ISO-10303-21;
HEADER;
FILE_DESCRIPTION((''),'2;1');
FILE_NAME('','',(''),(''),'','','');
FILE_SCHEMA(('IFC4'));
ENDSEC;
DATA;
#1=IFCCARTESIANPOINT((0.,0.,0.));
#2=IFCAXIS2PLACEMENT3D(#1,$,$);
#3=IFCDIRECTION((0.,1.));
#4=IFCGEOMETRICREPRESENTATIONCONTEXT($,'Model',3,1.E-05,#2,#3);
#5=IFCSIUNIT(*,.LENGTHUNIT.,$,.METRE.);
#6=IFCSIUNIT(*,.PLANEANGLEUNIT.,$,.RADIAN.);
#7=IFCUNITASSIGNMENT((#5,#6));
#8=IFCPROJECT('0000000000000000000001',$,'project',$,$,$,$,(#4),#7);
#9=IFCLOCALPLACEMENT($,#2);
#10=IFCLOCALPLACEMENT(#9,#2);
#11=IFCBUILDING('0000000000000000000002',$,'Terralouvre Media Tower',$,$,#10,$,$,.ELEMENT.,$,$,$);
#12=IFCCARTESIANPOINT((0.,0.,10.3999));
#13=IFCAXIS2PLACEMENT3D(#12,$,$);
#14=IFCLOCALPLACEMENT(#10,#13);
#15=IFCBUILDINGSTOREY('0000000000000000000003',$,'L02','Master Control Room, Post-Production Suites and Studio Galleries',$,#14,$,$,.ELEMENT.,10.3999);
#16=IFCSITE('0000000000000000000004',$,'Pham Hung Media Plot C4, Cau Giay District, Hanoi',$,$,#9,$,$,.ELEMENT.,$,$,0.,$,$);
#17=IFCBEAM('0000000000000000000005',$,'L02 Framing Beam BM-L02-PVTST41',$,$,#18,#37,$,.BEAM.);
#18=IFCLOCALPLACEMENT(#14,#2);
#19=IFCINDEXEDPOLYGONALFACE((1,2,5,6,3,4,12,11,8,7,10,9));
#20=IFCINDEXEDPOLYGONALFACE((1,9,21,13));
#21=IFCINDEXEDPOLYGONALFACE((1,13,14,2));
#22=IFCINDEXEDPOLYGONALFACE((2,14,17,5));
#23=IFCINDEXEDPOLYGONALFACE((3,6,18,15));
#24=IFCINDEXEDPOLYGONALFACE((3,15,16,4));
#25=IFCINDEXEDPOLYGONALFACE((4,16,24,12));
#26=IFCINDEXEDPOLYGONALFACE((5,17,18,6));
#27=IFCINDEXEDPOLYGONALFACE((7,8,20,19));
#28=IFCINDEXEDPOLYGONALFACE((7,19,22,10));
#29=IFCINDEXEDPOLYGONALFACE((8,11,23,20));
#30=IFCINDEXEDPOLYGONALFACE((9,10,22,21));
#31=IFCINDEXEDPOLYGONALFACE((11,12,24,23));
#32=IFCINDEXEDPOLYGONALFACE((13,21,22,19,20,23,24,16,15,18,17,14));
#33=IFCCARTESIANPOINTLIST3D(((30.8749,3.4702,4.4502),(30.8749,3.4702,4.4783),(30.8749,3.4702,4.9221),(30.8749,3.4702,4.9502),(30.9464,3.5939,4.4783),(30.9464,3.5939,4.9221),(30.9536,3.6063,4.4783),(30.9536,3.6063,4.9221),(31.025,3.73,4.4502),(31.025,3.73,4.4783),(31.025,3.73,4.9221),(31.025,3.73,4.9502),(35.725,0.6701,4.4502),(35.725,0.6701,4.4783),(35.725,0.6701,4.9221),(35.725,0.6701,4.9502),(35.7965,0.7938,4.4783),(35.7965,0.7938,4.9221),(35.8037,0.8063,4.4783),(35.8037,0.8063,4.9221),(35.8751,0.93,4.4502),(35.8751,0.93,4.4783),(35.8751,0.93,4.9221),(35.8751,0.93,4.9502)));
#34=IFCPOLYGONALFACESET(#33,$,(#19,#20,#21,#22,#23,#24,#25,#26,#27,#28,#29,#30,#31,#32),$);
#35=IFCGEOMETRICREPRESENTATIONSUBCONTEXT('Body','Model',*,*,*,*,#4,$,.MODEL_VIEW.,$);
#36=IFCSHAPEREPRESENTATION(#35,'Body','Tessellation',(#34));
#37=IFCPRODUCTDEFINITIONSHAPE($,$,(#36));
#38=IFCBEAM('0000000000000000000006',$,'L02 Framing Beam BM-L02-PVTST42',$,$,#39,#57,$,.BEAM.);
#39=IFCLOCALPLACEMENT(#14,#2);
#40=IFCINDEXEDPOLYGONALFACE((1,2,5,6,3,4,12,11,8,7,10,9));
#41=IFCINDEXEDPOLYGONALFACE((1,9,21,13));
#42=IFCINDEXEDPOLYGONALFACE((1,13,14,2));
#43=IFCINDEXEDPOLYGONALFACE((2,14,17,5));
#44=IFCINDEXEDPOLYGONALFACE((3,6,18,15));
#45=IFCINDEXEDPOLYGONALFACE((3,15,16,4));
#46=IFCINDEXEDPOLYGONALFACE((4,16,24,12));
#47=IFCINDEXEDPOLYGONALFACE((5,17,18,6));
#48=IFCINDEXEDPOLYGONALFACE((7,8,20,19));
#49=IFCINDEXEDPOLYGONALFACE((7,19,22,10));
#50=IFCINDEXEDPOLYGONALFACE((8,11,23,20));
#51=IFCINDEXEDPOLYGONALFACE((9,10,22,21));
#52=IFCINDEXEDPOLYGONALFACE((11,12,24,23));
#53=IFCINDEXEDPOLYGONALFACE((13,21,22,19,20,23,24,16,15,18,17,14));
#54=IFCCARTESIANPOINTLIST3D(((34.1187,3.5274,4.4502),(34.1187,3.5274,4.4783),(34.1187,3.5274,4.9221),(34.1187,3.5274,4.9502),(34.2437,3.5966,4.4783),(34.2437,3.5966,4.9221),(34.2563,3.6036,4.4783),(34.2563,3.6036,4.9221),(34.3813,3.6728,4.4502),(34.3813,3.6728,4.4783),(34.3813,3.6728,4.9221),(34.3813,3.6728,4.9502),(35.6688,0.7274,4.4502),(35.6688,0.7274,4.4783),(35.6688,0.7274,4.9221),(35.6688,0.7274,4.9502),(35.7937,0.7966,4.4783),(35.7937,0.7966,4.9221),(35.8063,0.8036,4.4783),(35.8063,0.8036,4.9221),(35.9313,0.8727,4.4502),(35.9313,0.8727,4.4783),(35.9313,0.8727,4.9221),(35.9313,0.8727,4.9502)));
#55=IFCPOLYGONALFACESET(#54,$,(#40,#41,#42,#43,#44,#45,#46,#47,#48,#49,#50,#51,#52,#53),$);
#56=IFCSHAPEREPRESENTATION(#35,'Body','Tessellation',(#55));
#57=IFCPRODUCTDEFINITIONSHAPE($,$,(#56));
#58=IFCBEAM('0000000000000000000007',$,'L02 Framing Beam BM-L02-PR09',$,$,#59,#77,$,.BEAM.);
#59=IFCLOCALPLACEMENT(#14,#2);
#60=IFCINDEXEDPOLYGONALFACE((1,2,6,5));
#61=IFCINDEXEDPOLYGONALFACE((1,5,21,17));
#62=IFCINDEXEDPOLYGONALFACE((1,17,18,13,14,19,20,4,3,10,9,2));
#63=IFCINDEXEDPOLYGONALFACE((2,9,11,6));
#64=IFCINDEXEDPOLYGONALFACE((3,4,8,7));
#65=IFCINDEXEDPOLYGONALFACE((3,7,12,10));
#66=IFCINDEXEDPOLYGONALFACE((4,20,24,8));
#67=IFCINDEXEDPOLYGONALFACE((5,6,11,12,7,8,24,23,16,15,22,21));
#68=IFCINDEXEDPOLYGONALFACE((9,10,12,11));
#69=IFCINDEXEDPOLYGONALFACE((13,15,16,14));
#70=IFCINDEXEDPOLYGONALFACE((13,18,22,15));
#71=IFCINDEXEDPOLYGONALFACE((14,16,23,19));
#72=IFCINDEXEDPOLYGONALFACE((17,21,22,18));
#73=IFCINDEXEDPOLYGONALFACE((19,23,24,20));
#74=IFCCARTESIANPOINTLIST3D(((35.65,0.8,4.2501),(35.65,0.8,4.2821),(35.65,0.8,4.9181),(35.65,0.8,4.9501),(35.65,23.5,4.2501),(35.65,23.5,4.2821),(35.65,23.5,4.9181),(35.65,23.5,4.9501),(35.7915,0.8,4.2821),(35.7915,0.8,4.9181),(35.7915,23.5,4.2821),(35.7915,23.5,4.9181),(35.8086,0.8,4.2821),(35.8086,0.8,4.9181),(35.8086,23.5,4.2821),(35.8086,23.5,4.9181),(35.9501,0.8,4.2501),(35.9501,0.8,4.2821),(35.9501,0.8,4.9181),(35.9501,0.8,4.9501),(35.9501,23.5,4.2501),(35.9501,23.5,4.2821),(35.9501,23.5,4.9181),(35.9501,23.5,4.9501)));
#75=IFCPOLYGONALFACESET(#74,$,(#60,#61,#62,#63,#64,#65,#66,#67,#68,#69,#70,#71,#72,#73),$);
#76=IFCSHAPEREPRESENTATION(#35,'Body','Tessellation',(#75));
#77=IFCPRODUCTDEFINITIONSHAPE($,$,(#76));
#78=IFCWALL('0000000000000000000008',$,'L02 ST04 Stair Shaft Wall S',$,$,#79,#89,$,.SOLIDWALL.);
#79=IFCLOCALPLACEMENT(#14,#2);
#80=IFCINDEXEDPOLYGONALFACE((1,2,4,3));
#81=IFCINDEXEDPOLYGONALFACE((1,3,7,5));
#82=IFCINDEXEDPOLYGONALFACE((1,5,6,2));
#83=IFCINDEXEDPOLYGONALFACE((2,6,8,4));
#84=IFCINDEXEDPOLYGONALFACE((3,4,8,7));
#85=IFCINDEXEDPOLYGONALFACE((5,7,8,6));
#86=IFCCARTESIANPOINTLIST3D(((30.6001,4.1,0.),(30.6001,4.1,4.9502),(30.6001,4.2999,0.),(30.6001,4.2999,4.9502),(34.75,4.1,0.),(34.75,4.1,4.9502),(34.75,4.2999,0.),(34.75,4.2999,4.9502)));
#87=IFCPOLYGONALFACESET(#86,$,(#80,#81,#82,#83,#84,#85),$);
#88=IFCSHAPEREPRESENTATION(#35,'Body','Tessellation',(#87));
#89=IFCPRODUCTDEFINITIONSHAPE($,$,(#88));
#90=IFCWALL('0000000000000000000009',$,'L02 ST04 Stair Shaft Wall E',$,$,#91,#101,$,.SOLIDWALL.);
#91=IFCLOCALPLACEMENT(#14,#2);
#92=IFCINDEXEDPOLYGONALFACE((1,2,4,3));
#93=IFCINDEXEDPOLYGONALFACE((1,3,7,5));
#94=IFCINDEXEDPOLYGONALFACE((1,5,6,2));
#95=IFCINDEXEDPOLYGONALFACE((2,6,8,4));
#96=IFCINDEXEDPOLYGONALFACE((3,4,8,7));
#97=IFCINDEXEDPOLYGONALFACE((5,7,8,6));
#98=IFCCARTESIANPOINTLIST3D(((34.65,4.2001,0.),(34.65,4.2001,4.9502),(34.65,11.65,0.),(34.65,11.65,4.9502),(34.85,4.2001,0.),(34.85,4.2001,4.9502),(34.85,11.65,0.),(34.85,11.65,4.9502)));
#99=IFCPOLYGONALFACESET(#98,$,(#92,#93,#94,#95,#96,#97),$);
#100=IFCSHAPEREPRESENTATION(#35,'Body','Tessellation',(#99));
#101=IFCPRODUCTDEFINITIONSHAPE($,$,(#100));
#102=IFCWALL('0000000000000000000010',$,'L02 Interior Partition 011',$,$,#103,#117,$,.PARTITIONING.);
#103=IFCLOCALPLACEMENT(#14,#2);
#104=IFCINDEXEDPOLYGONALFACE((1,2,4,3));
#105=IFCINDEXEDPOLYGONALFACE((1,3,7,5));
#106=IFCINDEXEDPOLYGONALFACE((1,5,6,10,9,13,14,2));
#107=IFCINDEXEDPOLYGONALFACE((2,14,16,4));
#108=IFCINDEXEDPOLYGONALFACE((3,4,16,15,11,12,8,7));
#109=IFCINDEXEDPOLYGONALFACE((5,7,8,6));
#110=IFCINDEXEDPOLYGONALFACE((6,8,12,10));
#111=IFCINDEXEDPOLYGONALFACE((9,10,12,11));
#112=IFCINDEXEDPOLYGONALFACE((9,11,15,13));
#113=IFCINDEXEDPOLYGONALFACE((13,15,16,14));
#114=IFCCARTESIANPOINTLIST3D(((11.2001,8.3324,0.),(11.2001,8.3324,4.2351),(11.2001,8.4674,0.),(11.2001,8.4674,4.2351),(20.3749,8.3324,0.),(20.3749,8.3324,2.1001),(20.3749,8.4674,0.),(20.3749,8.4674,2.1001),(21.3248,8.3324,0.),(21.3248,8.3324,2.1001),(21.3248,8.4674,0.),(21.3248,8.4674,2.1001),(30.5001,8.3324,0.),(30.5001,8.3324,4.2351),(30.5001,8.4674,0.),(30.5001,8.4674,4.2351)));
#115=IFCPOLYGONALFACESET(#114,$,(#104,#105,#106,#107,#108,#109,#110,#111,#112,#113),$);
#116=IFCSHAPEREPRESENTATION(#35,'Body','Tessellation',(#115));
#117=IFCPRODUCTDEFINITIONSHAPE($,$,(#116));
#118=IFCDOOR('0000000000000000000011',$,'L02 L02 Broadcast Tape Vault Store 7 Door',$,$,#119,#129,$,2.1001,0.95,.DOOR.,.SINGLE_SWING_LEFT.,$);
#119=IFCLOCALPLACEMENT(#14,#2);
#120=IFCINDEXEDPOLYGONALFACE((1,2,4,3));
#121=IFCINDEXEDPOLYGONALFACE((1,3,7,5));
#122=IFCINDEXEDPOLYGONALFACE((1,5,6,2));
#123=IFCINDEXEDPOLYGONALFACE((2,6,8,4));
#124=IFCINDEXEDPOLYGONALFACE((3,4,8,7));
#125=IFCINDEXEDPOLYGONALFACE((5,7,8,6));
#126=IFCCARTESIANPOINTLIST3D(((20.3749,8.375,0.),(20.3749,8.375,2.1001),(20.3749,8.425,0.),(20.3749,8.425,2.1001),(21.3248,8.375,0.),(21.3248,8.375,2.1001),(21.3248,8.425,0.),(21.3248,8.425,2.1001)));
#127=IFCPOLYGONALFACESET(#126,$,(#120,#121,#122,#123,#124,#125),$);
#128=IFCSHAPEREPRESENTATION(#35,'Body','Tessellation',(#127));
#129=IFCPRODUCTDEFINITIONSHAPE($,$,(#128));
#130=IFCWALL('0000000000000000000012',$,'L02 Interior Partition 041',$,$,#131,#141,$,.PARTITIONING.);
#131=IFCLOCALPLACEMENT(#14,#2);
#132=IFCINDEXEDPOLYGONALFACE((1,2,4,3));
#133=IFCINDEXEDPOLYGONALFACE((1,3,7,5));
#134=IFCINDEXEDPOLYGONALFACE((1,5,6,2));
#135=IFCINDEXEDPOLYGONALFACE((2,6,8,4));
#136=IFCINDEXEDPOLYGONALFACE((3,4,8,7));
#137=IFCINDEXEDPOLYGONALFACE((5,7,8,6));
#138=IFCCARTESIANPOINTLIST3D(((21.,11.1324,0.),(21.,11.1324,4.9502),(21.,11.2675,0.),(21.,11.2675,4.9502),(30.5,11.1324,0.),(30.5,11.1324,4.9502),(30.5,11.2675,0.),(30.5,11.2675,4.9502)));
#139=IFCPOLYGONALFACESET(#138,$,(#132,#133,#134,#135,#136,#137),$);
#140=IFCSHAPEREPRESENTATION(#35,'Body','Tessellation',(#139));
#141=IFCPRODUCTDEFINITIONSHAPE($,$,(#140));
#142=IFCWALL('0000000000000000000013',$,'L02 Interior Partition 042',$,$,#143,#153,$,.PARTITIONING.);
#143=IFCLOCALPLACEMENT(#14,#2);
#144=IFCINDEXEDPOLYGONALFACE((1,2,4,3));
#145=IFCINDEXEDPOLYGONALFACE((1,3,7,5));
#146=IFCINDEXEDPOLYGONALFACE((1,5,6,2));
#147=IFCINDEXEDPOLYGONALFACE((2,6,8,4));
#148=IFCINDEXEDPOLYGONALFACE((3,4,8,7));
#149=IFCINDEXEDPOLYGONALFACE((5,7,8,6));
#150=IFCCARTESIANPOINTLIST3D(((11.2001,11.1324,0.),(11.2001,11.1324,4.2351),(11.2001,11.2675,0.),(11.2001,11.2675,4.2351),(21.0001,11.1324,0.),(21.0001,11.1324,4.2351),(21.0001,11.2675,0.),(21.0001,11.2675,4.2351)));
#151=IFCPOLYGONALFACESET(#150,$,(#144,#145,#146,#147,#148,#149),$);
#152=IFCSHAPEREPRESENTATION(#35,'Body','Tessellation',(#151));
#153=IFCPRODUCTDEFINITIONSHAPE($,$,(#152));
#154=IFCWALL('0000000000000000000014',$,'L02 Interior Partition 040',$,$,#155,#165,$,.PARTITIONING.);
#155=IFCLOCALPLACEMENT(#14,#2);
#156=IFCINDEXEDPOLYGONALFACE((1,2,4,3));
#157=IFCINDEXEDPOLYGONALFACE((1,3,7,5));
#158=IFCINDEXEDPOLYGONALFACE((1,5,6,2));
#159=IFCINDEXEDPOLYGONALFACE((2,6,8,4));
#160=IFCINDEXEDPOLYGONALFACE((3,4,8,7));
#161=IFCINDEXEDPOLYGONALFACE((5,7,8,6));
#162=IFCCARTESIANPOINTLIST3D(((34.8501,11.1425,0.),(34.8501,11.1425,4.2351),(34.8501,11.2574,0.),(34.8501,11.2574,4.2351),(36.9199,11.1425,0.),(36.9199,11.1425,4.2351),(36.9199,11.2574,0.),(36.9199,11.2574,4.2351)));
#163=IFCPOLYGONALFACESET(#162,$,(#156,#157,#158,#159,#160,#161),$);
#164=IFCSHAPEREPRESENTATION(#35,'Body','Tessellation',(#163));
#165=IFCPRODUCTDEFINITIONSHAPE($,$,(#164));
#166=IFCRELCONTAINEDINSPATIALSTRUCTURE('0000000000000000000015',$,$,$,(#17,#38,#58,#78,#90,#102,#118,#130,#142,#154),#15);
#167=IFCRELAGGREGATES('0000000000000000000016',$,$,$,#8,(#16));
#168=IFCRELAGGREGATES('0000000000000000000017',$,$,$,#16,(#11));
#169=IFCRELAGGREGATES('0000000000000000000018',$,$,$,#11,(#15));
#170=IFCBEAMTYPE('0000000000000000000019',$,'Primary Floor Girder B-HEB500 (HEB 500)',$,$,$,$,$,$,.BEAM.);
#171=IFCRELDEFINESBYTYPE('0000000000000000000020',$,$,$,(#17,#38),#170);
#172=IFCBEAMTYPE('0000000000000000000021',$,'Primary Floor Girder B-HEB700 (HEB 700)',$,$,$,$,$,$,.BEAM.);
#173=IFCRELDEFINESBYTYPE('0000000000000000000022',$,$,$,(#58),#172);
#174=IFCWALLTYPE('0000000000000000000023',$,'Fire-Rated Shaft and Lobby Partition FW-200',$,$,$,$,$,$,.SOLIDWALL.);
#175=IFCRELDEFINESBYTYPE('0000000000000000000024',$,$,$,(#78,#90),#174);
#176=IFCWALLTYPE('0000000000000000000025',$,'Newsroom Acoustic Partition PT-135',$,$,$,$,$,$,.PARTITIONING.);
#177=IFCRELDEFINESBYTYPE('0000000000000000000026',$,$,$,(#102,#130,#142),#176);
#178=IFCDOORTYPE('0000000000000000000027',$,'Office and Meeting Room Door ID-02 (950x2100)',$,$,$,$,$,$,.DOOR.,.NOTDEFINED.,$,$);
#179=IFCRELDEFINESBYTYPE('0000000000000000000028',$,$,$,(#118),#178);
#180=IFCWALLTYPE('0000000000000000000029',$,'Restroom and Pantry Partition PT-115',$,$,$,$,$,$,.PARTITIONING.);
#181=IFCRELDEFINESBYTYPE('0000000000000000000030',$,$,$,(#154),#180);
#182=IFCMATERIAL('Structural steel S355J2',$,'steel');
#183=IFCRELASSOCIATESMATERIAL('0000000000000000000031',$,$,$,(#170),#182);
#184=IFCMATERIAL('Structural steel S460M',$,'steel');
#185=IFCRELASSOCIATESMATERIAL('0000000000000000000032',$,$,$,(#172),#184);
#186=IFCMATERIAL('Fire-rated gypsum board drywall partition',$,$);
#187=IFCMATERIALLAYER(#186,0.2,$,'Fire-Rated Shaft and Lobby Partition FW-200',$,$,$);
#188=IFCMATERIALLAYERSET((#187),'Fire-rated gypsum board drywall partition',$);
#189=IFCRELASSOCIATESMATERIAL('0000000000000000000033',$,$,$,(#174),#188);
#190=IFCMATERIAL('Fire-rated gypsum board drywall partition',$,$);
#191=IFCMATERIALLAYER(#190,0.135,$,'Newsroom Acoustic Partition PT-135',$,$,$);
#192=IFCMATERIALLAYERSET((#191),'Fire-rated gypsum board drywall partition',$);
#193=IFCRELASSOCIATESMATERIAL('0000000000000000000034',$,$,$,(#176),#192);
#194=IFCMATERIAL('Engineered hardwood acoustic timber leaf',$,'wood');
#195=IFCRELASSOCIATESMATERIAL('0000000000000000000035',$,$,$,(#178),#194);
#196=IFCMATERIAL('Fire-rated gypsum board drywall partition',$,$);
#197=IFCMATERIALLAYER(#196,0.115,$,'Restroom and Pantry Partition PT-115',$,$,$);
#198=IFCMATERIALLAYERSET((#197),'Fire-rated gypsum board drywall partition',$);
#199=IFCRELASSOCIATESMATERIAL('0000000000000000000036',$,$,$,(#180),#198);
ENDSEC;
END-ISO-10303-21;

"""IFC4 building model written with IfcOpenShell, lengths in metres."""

from ifc_helpers import new_model, si_unit, direction, frame, frame_2d, origin, origin_2d, place, context, subcontext, project, spatial, rectangle, i_section, extrude, material, layer, layer_set, material_profile, profile_set, type_object, element, fill, save


model = new_model("IFC4")

# Units and contexts
model_context = context("Model", 3, precision=1e-05, world=origin(), true_north=direction((0.0, 1.0)))
body_context = subcontext(model_context, "Body", "Model", "MODEL_VIEW")
ifc_project = project(units=[si_unit("LENGTHUNIT", "METRE"), si_unit("PLANEANGLEUNIT", "RADIAN")], contexts=[model_context])

# Site, building, storey
site_placement = place(None, origin())
site = spatial("IfcSite", under=ifc_project, at=site_placement, Name="Pham Hung Media Plot C4, Cau Giay District, Hanoi", CompositionType="ELEMENT", RefElevation=0.0)
building_placement = place(site_placement, origin())
building = spatial("IfcBuilding", under=site, at=building_placement, Name="Terralouvre Media Tower", CompositionType="ELEMENT")
storey_placement = place(building_placement, frame((0.0, 0.0, 10.3999)))
storey = spatial("IfcBuildingStorey", under=building, at=storey_placement, Name="L02", Description="Master Control Room, Post-Production Suites and Studio Galleries", CompositionType="ELEMENT", Elevation=10.3999)

# Beams
ifc_material_1 = material(Name="Structural steel S355J2", Category="steel")
ifc_material_profile_1 = material_profile(ifc_material_1, i_section(OverallWidth=0.3, OverallDepth=0.5, WebThickness=0.0144, FlangeThickness=0.0281, at=origin_2d()), Name="HEB 500")
ifc_profile_set_1 = profile_set([ifc_material_profile_1], Name="Structural steel S355J2")
beam_type_1 = type_object("IfcBeamType", Name="Primary Floor Girder B-HEB500 (HEB 500)", PredefinedType="BEAM", material=ifc_profile_set_1)
beam_1_placement = place(storey_placement, frame((30.95, 3.6001, 4.7002), z_axis=(0.866037, -0.499979, 0.0), x_axis=(0.499979, 0.866037, 0.0)))
element("IfcBeam", 1, at=beam_1_placement, inside=storey, type_object=beam_type_1, Name="L02 Framing Beam BM-L02-PVTST41", PredefinedType="BEAM", context=body_context, shape_type="SweptSolid", body=[
    extrude(i_section(OverallWidth=0.3, OverallDepth=0.5, WebThickness=0.0144, FlangeThickness=0.0281, at=origin_2d()), origin(), (0.0, 0.0, 1.0), 5.6003),
])
beam_2_placement = place(storey_placement, frame((34.25, 3.6001, 4.7002), z_axis=(0.484321, -0.87489, 0.0), x_axis=(0.87489, 0.484321, 0.0)))
element("IfcBeam", 2, at=beam_2_placement, inside=storey, type_object=beam_type_1, Name="L02 Framing Beam BM-L02-PVTST42", PredefinedType="BEAM", context=body_context, shape_type="SweptSolid", body=[
    extrude(i_section(OverallWidth=0.3, OverallDepth=0.5, WebThickness=0.0144, FlangeThickness=0.0281, at=origin_2d()), origin(), (0.0, 0.0, 1.0), 3.2004),
])
ifc_material_2 = material(Name="Structural steel S460M", Category="steel")
ifc_material_profile_2 = material_profile(ifc_material_2, i_section(OverallWidth=0.3, OverallDepth=0.7, WebThickness=0.0171, FlangeThickness=0.032, at=origin_2d()), Name="HEB 700")
ifc_profile_set_2 = profile_set([ifc_material_profile_2], Name="Structural steel S460M")
beam_type_2 = type_object("IfcBeamType", Name="Primary Floor Girder B-HEB700 (HEB 700)", PredefinedType="BEAM", material=ifc_profile_set_2)
beam_3_placement = place(storey_placement, frame((35.8, 0.8, 4.6001), z_axis=(0.0, 1.0, 0.0), x_axis=(-1.0, 0.0, 0.0)))
element("IfcBeam", 3, at=beam_3_placement, inside=storey, type_object=beam_type_2, Name="L02 Framing Beam BM-L02-PR09", PredefinedType="BEAM", context=body_context, shape_type="SweptSolid", body=[
    extrude(i_section(OverallWidth=0.3, OverallDepth=0.7, WebThickness=0.0171, FlangeThickness=0.032, at=origin_2d()), origin(), (0.0, 0.0, 1.0), 22.7),
])

# Walls
ifc_material_3 = material(Name="Fire-rated gypsum board drywall partition")
ifc_layer_1 = layer(ifc_material_3, 0.2, Name="Fire-Rated Shaft and Lobby Partition FW-200")
ifc_layer_set_1 = layer_set([ifc_layer_1], Name="Fire-rated gypsum board drywall partition")
wall_type_1 = type_object("IfcWallType", Name="Fire-Rated Shaft and Lobby Partition FW-200", PredefinedType="SOLIDWALL", material=ifc_layer_set_1)
wall_1_placement = place(storey_placement, frame((30.6001, 4.2, 0.0), z_axis=(0.0, 0.0, 1.0), x_axis=(1.0, 0.0, 0.0)))
element("IfcWall", 4, at=wall_1_placement, inside=storey, type_object=wall_type_1, Name="L02 ST04 Stair Shaft Wall S", PredefinedType="SOLIDWALL", context=body_context, shape_type="SweptSolid", body=[
    extrude(rectangle(XDim=4.1499, YDim=0.2, at=frame_2d((2.075, 0.0))), origin(), (0.0, 0.0, 1.0), 4.9502),
])
wall_2_placement = place(storey_placement, frame((34.75, 4.2, 0.0), z_axis=(0.0, 0.0, 1.0), x_axis=(0.0, 1.0, 0.0)))
element("IfcWall", 5, at=wall_2_placement, inside=storey, type_object=wall_type_1, Name="L02 ST04 Stair Shaft Wall E", PredefinedType="SOLIDWALL", context=body_context, shape_type="SweptSolid", body=[
    extrude(rectangle(XDim=7.45, YDim=0.2, at=frame_2d((3.7251, 0.0))), origin(), (0.0, 0.0, 1.0), 4.9502),
])

# Wall, opening, door
ifc_material_4 = material(Name="Fire-rated gypsum board drywall partition")
ifc_layer_2 = layer(ifc_material_4, 0.135, Name="Newsroom Acoustic Partition PT-135")
ifc_layer_set_2 = layer_set([ifc_layer_2], Name="Fire-rated gypsum board drywall partition")
wall_type_2 = type_object("IfcWallType", Name="Newsroom Acoustic Partition PT-135", PredefinedType="PARTITIONING", material=ifc_layer_set_2)
wall_3_placement = place(storey_placement, frame((30.5, 8.3999, 0.0), z_axis=(0.0, 0.0, 1.0), x_axis=(-1.0, 0.0, 0.0)))
wall_3 = element("IfcWall", 6, at=wall_3_placement, inside=storey, type_object=wall_type_2, Name="L02 Interior Partition 011", PredefinedType="PARTITIONING", context=body_context, shape_type="SweptSolid", body=[
    extrude(rectangle(XDim=19.3, YDim=0.135, at=frame_2d((9.6499, 0.0))), origin(), (0.0, 0.0, 1.0), 4.2351),
])
opening_placement = place(wall_3_placement, frame((9.175, 0.0, 0.0)))
opening = element("IfcOpeningElement", 7, at=opening_placement, cuts=wall_3, PredefinedType="OPENING", context=body_context, shape_type="SweptSolid", body=[
    extrude(rectangle(XDim=0.95, YDim=2.1001, at=frame_2d((0.4751, 1.05))), frame((0.0, 0.0774, 0.0), z_axis=(0.0, -1.0, 0.0), x_axis=(1.0, 0.0, 0.0)), (0.0, 0.0, 1.0), 0.155),
])
ifc_material_5 = material(Name="Engineered hardwood acoustic timber leaf", Category="wood")
door_type = type_object("IfcDoorType", Name="Office and Meeting Room Door ID-02 (950x2100)", OperationType="NOTDEFINED", PredefinedType="DOOR", material=ifc_material_5)
door_placement = place(opening_placement, origin())
door = element("IfcDoor", 8, at=door_placement, inside=storey, type_object=door_type, Name="L02 L02 Broadcast Tape Vault Store 7 Door", OperationType="SINGLE_SWING_LEFT", OverallHeight=2.1001, OverallWidth=0.95, PredefinedType="DOOR", context=body_context, shape_type="SweptSolid", body=[
    extrude(rectangle(XDim=0.95, YDim=2.1001, at=frame_2d((0.4751, 1.05))), frame((0.0, 0.0249, 0.0), z_axis=(0.0, -1.0, 0.0), x_axis=(1.0, 0.0, 0.0)), (0.0, 0.0, 1.0), 0.05),
])
fill(opening, door)

# Walls
wall_4_placement = place(storey_placement, frame((30.5, 11.2, 0.0), z_axis=(0.0, 0.0, 1.0), x_axis=(-1.0, 0.0, 0.0)))
element("IfcWall", 9, at=wall_4_placement, inside=storey, type_object=wall_type_2, Name="L02 Interior Partition 041", PredefinedType="PARTITIONING", context=body_context, shape_type="SweptSolid", body=[
    extrude(rectangle(XDim=9.5, YDim=0.135, at=frame_2d((4.75, 0.0))), origin(), (0.0, 0.0, 1.0), 4.9502),
])
wall_5_placement = place(storey_placement, frame((21.0, 11.2, 0.0), z_axis=(0.0, 0.0, 1.0), x_axis=(-1.0, 0.0, 0.0)))
element("IfcWall", 10, at=wall_5_placement, inside=storey, type_object=wall_type_2, Name="L02 Interior Partition 042", PredefinedType="PARTITIONING", context=body_context, shape_type="SweptSolid", body=[
    extrude(rectangle(XDim=9.8, YDim=0.135, at=frame_2d((4.8999, 0.0))), origin(), (0.0, 0.0, 1.0), 4.2351),
])
ifc_material_6 = material(Name="Fire-rated gypsum board drywall partition")
ifc_layer_3 = layer(ifc_material_6, 0.115, Name="Restroom and Pantry Partition PT-115")
ifc_layer_set_3 = layer_set([ifc_layer_3], Name="Fire-rated gypsum board drywall partition")
wall_type_3 = type_object("IfcWallType", Name="Restroom and Pantry Partition PT-115", PredefinedType="PARTITIONING", material=ifc_layer_set_3)
wall_6_placement = place(storey_placement, frame((36.9199, 11.2, 0.0), z_axis=(0.0, 0.0, 1.0), x_axis=(-1.0, 0.0, 0.0)))
element("IfcWall", 11, at=wall_6_placement, inside=storey, type_object=wall_type_3, Name="L02 Interior Partition 040", PredefinedType="PARTITIONING", context=body_context, shape_type="SweptSolid", body=[
    extrude(rectangle(XDim=2.0698, YDim=0.115, at=frame_2d((1.0349, 0.0))), origin(), (0.0, 0.0, 1.0), 4.2351),
])

save(model, "model.ifc")
